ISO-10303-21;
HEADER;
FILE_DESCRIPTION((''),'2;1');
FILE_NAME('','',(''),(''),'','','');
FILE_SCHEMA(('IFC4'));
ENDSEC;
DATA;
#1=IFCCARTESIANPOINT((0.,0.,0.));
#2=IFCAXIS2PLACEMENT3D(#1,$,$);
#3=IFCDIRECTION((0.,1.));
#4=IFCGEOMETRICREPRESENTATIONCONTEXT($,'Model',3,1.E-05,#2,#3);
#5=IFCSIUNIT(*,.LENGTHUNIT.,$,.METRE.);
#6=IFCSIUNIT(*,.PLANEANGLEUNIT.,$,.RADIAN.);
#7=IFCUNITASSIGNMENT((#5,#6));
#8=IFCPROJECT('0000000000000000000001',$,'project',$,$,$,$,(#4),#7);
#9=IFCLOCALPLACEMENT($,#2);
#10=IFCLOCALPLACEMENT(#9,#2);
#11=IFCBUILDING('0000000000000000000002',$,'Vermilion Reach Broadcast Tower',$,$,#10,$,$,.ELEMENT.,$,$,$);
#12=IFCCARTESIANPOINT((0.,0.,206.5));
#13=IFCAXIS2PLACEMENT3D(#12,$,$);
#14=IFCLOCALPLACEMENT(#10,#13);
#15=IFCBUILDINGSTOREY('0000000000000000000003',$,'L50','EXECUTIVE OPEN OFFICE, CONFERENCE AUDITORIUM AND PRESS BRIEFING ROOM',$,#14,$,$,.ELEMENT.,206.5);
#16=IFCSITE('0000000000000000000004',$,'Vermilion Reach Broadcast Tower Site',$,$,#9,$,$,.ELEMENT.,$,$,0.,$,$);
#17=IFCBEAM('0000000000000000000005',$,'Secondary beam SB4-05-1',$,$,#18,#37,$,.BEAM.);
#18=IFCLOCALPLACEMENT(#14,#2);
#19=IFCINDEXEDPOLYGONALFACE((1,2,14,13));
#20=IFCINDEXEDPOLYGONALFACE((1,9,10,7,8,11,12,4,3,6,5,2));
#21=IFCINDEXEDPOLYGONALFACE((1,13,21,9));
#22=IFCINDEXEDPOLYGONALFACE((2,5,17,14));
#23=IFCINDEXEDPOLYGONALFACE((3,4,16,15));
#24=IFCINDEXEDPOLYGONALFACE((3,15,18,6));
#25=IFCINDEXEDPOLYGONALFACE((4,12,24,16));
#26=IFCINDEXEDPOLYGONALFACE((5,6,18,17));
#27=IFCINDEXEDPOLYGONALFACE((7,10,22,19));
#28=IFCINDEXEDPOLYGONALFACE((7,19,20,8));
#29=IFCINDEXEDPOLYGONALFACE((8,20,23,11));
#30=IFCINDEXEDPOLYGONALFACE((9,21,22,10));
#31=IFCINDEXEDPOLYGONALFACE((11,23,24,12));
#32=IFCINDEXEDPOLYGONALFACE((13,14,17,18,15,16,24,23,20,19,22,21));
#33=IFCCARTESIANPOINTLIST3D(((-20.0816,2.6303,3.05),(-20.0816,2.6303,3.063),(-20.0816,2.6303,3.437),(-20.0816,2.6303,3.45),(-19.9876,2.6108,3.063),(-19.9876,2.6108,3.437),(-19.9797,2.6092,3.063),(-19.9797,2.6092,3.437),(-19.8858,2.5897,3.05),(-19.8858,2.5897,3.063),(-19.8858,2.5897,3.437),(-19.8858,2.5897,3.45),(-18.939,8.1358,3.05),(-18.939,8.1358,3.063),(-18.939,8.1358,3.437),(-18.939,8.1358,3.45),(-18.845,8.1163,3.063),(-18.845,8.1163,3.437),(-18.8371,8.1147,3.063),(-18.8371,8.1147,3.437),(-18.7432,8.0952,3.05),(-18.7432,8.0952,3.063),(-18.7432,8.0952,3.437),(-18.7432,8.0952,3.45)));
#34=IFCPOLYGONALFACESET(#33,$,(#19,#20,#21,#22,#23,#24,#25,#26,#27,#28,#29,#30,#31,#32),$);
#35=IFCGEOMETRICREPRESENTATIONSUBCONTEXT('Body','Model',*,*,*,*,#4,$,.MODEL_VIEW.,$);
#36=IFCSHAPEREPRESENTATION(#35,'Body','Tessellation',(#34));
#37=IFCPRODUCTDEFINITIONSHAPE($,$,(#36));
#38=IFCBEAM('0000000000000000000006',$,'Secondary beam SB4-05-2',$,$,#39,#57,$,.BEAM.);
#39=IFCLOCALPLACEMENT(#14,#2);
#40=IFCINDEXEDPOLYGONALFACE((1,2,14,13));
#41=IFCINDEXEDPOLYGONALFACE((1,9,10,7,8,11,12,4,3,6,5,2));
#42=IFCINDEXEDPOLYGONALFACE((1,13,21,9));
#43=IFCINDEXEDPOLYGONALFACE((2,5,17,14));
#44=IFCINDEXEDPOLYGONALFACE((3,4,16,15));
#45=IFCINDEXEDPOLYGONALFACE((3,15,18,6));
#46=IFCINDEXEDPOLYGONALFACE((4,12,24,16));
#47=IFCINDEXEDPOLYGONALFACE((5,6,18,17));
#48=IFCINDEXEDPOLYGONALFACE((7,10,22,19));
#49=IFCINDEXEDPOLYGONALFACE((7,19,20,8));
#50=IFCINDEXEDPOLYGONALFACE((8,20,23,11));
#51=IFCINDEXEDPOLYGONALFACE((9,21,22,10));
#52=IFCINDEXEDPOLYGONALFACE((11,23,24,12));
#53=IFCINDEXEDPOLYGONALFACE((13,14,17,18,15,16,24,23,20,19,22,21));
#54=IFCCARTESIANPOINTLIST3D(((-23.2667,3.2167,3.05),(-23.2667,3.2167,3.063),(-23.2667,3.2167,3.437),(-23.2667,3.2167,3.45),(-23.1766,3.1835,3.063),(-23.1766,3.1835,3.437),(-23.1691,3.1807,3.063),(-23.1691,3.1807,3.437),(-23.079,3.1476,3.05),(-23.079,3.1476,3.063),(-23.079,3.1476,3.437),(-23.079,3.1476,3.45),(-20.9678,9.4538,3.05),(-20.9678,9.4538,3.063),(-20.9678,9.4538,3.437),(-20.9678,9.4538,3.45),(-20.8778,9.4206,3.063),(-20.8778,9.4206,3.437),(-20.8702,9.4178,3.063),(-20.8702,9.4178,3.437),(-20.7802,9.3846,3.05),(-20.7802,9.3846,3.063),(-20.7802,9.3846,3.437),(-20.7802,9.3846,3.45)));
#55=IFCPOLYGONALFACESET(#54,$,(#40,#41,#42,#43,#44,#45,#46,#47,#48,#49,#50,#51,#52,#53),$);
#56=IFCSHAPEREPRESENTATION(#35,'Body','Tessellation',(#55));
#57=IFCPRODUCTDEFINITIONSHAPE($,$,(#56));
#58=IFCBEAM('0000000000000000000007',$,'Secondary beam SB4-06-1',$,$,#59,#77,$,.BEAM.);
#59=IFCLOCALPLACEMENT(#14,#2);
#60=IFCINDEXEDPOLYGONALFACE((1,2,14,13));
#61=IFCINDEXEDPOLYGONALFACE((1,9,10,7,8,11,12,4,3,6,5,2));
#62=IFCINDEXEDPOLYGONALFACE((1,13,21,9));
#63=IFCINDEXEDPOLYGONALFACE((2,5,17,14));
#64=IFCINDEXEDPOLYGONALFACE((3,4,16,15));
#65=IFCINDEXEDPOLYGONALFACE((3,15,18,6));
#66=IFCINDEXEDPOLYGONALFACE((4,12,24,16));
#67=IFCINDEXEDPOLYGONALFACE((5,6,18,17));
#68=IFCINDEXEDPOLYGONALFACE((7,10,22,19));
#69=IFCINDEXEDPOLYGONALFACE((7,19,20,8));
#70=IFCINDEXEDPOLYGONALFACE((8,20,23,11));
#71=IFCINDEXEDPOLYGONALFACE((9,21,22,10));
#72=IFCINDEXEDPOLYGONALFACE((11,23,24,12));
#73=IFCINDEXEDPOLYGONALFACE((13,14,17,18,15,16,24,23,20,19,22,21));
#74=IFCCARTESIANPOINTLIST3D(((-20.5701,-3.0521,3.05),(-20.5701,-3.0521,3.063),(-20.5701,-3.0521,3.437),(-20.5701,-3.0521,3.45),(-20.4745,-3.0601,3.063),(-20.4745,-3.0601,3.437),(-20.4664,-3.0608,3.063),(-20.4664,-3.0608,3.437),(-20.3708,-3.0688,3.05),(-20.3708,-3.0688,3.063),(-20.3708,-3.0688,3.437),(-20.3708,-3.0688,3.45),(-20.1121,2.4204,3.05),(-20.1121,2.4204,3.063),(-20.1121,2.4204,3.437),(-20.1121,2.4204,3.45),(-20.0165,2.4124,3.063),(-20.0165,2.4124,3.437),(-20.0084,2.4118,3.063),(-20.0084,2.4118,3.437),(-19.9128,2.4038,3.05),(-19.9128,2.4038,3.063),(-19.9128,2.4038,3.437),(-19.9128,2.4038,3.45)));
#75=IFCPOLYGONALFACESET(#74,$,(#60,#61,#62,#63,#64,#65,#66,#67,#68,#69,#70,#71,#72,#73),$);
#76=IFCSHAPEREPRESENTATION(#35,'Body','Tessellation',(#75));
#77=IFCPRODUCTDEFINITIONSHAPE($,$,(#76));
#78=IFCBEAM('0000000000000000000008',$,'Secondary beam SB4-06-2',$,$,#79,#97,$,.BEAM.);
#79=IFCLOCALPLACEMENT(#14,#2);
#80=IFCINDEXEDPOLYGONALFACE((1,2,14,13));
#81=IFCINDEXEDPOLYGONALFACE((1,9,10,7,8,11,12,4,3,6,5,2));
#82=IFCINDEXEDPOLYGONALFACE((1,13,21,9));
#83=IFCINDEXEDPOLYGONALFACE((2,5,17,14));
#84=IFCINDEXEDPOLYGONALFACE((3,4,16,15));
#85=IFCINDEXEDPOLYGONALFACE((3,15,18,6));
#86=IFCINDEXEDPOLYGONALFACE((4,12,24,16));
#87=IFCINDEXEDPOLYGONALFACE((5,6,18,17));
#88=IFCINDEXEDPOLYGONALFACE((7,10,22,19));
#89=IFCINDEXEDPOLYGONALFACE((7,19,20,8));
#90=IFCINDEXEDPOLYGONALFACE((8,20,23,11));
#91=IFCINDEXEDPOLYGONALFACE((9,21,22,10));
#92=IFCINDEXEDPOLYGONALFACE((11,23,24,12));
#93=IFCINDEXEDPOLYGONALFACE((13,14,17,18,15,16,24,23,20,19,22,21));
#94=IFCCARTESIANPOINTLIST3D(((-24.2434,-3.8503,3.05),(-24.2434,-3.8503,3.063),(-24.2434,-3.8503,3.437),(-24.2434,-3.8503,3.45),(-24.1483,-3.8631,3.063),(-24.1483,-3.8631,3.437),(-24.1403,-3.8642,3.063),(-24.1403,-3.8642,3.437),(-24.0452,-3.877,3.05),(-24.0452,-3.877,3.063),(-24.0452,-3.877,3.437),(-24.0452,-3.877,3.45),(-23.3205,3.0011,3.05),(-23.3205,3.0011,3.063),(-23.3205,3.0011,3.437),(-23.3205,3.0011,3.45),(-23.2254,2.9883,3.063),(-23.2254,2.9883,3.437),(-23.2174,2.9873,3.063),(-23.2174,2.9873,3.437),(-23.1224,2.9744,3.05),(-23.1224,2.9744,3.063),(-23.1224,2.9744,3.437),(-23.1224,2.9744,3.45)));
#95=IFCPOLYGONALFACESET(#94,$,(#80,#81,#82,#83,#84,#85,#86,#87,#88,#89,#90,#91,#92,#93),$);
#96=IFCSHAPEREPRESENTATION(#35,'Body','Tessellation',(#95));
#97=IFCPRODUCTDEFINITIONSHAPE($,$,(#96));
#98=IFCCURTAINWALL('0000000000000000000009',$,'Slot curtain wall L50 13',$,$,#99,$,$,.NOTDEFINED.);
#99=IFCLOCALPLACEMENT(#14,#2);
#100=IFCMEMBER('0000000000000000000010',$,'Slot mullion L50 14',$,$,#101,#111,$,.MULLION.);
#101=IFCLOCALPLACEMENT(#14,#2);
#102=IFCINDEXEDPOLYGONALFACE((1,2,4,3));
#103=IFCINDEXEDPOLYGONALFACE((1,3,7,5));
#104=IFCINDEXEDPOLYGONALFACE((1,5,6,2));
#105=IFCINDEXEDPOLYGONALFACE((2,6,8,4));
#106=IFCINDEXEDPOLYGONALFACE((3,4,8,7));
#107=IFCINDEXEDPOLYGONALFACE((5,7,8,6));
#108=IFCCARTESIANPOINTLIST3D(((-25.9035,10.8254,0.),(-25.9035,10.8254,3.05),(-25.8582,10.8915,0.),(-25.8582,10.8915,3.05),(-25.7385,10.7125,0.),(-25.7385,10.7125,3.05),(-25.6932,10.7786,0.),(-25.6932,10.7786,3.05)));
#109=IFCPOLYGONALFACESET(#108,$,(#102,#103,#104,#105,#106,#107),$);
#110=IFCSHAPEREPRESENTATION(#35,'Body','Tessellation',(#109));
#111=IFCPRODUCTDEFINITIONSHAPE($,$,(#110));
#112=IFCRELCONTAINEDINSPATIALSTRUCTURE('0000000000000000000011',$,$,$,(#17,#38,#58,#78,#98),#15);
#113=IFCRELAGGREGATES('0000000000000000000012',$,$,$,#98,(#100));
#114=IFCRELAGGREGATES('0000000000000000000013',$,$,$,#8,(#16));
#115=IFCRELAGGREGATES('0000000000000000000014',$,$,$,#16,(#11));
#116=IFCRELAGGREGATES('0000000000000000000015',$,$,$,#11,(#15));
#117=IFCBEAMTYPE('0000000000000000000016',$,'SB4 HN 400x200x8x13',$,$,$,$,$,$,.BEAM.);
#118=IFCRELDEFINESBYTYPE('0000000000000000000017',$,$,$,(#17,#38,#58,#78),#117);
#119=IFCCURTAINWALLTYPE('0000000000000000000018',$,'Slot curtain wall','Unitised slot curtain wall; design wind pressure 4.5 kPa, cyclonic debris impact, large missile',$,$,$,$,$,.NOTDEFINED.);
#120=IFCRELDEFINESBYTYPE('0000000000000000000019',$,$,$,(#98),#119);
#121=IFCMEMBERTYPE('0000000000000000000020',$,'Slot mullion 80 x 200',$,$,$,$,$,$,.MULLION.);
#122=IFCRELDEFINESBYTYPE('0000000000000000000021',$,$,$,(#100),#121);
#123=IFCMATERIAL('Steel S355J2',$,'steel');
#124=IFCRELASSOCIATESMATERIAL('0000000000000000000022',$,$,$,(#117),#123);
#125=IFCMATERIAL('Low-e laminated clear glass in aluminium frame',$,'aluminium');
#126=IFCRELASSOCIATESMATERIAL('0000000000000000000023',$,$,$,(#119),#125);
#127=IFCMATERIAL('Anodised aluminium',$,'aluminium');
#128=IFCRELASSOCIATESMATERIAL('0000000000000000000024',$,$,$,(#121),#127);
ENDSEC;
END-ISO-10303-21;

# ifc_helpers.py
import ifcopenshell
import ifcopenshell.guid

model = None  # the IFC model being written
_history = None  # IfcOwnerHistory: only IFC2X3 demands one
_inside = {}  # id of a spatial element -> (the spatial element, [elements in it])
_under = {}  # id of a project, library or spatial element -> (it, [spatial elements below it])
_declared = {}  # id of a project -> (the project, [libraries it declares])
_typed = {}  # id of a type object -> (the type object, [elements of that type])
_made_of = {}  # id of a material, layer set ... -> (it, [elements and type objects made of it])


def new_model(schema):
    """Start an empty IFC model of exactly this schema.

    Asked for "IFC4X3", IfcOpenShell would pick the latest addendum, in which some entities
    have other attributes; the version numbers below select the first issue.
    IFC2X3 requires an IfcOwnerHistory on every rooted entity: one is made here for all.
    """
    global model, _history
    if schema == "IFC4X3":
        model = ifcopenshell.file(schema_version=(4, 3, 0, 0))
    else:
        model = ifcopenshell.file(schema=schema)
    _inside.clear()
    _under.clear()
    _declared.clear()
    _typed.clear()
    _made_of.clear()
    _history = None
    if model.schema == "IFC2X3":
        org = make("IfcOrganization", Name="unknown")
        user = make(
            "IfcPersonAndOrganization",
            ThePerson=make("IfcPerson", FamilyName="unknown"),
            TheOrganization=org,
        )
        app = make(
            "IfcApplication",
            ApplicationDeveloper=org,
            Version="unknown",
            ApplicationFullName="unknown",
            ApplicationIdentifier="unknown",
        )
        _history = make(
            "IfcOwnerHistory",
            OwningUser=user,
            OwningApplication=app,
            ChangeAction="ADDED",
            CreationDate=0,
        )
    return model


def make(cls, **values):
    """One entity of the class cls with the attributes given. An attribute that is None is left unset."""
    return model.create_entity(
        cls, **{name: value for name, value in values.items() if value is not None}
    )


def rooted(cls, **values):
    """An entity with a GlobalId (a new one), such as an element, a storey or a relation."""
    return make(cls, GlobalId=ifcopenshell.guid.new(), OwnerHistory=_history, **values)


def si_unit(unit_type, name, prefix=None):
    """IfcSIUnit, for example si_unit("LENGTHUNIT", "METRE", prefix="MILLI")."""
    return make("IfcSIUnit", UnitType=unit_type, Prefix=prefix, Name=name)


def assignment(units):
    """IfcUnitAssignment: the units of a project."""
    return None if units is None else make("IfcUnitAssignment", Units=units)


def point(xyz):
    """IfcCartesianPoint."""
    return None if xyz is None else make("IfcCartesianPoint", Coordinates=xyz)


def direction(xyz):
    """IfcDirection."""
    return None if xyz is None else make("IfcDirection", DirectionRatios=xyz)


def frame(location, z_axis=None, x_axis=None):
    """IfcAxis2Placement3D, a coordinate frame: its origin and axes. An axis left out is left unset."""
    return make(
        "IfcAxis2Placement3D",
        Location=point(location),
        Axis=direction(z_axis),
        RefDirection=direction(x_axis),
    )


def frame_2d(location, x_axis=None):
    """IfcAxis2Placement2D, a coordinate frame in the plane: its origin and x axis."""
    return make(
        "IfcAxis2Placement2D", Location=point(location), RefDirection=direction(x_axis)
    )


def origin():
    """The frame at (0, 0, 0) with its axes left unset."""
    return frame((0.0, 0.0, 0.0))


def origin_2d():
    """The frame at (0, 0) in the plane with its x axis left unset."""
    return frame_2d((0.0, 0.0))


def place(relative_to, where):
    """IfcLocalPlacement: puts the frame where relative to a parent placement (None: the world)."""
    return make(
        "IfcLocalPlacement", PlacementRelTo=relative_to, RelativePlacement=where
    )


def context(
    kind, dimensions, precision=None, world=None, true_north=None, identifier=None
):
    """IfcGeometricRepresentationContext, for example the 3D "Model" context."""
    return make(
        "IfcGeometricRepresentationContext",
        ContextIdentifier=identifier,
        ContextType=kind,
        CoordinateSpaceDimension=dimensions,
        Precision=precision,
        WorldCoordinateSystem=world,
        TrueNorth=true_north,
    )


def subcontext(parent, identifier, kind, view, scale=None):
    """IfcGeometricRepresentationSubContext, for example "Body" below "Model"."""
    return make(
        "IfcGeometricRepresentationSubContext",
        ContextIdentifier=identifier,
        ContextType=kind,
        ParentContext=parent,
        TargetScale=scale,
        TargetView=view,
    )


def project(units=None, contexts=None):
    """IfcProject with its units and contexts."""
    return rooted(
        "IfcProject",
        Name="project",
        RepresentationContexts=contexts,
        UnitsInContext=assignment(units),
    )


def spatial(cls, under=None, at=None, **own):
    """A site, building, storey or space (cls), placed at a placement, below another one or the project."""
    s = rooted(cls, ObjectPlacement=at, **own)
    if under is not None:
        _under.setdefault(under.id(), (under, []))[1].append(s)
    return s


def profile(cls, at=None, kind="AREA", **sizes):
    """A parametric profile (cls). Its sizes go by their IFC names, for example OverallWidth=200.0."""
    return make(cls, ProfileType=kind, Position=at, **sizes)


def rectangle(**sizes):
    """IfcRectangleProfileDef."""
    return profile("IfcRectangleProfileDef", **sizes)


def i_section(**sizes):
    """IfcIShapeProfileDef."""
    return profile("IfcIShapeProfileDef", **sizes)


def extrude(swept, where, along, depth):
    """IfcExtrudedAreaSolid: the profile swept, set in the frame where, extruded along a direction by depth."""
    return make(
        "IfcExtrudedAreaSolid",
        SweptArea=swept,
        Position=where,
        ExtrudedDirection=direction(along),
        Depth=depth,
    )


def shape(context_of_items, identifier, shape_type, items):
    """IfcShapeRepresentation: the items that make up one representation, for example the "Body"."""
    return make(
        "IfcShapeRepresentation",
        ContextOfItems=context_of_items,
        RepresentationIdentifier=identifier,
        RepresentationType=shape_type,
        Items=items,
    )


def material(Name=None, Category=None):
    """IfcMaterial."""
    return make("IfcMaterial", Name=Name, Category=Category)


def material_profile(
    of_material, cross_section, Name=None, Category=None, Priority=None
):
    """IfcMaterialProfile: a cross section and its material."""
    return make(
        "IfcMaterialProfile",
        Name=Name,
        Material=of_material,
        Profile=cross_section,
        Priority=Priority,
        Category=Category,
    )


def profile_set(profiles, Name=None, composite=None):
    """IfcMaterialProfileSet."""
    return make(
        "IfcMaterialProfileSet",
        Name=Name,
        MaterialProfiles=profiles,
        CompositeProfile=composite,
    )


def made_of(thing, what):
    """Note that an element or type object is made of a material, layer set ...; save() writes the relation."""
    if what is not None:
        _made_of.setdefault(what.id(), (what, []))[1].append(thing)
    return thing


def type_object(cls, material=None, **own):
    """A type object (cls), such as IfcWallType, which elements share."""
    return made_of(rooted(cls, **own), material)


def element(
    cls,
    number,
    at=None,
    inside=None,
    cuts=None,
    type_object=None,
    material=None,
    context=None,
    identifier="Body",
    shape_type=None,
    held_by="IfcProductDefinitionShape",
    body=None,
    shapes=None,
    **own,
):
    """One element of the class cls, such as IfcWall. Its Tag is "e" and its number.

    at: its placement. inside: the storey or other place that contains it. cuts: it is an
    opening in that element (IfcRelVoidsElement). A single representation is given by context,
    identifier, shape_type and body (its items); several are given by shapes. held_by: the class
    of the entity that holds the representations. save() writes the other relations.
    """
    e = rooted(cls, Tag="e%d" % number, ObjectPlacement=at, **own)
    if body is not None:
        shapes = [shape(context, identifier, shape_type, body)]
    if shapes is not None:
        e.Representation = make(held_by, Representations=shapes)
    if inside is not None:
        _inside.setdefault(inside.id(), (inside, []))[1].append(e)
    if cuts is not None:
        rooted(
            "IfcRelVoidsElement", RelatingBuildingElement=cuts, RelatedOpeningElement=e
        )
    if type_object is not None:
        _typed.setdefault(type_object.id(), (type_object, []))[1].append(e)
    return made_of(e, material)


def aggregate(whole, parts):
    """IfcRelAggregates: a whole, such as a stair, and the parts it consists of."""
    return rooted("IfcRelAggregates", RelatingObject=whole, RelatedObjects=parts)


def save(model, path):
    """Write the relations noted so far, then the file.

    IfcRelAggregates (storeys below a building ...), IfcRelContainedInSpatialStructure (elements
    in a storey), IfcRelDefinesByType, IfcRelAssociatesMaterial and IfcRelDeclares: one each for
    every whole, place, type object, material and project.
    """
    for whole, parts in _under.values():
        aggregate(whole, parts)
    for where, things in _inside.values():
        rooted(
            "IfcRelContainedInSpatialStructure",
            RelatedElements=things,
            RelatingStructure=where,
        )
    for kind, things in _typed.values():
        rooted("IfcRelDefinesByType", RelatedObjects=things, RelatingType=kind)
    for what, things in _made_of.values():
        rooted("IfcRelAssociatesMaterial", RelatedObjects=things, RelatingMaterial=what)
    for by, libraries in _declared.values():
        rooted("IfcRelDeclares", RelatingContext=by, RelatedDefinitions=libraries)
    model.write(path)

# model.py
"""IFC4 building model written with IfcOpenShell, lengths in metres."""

from ifc_helpers import new_model, si_unit, direction, frame, origin, origin_2d, place, context, subcontext, project, spatial, rectangle, i_section, extrude, material, material_profile, profile_set, type_object, element, aggregate, save


model = new_model("IFC4")

# Units and contexts
model_context = context("Model", 3, precision=1e-05, world=origin(), true_north=direction((0.0, 1.0)))
body_context = subcontext(model_context, "Body", "Model", "MODEL_VIEW")
ifc_project = project(units=[si_unit("LENGTHUNIT", "METRE"), si_unit("PLANEANGLEUNIT", "RADIAN")], contexts=[model_context])

# Site, building, storey
site_placement = place(None, origin())
site = spatial("IfcSite", under=ifc_project, at=site_placement, Name="Vermilion Reach Broadcast Tower Site", CompositionType="ELEMENT", RefElevation=0.0)
building_placement = place(site_placement, origin())
building = spatial("IfcBuilding", under=site, at=building_placement, Name="Vermilion Reach Broadcast Tower", CompositionType="ELEMENT")
storey_placement = place(building_placement, frame((0.0, 0.0, 206.5)))
storey = spatial("IfcBuildingStorey", under=building, at=storey_placement, Name="L50", Description="EXECUTIVE OPEN OFFICE, CONFERENCE AUDITORIUM AND PRESS BRIEFING ROOM", CompositionType="ELEMENT", Elevation=206.5)

# Beams
ifc_material_1 = material(Name="Steel S355J2", Category="steel")
ifc_material_profile_1 = material_profile(ifc_material_1, i_section(OverallWidth=0.2, OverallDepth=0.3999, WebThickness=0.0081, FlangeThickness=0.0129, at=origin_2d()), Name="S355J2 HN 400x200x8x13")
ifc_profile_set_1 = profile_set([ifc_material_profile_1], Name="Steel S355J2")
beam_type_1 = type_object("IfcBeamType", Name="SB4 HN 400x200x8x13", PredefinedType="BEAM", material=ifc_profile_set_1)
beam_1_placement = place(storey_placement, frame((-18.8411, 8.1155, 3.25), z_axis=(-0.203209, -0.979135, 0.0), x_axis=(0.979135, -0.203209, 0.0)))
element("IfcBeam", 1, at=beam_1_placement, inside=storey, type_object=beam_type_1, Name="Secondary beam SB4-05-1", PredefinedType="BEAM", context=body_context, shape_type="SweptSolid", body=[
    extrude(i_section(OverallWidth=0.2, OverallDepth=0.3999, WebThickness=0.0081, FlangeThickness=0.0129, at=origin_2d()), origin(), (0.0, 0.0, 1.0), 5.6228),
])
beam_2_placement = place(storey_placement, frame((-20.874, 9.4192, 3.25), z_axis=(-0.345833, -0.938296, 0.0), x_axis=(0.938296, -0.345833, 0.0)))
element("IfcBeam", 2, at=beam_2_placement, inside=storey, type_object=beam_type_1, Name="Secondary beam SB4-05-2", PredefinedType="BEAM", context=body_context, shape_type="SweptSolid", body=[
    extrude(i_section(OverallWidth=0.2, OverallDepth=0.3999, WebThickness=0.0081, FlangeThickness=0.0129, at=origin_2d()), origin(), (0.0, 0.0, 1.0), 6.6472),
])
beam_3_placement = place(storey_placement, frame((-20.0125, 2.4121, 3.25), z_axis=(-0.083399, -0.996516, 0.0), x_axis=(0.996516, -0.083399, 0.0)))
element("IfcBeam", 3, at=beam_3_placement, inside=storey, type_object=beam_type_1, Name="Secondary beam SB4-06-1", PredefinedType="BEAM", context=body_context, shape_type="SweptSolid", body=[
    extrude(i_section(OverallWidth=0.2, OverallDepth=0.3999, WebThickness=0.0081, FlangeThickness=0.0129, at=origin_2d()), origin(), (0.0, 0.0, 1.0), 5.4917),
])
beam_4_placement = place(storey_placement, frame((-23.2214, 2.9878, 3.25), z_axis=(-0.133487, -0.991051, 0.0), x_axis=(0.991051, -0.133487, 0.0)))
element("IfcBeam", 4, at=beam_4_placement, inside=storey, type_object=beam_type_1, Name="Secondary beam SB4-06-2", PredefinedType="BEAM", context=body_context, shape_type="SweptSolid", body=[
    extrude(i_section(OverallWidth=0.2, OverallDepth=0.3999, WebThickness=0.0081, FlangeThickness=0.0129, at=origin_2d()), origin(), (0.0, 0.0, 1.0), 6.9133),
])

# Curtain wall, member
ifc_material_2 = material(Name="Low-e laminated clear glass in aluminium frame", Category="aluminium")
curtain_wall_type = type_object("IfcCurtainWallType", Name="Slot curtain wall", Description="Unitised slot curtain wall; design wind pressure 4.5 kPa, cyclonic debris impact, large missile", PredefinedType="NOTDEFINED", material=ifc_material_2)
curtain_wall_placement = place(storey_placement, origin())
curtain_wall = element("IfcCurtainWall", 5, at=curtain_wall_placement, inside=storey, type_object=curtain_wall_type, Name="Slot curtain wall L50 13", PredefinedType="NOTDEFINED")
ifc_material_3 = material(Name="Anodised aluminium", Category="aluminium")
ifc_material_profile_2 = material_profile(ifc_material_3, rectangle(XDim=0.2, YDim=0.0801, at=origin_2d()), Name="Slot mullion 80 x 200")
ifc_profile_set_2 = profile_set([ifc_material_profile_2], Name="Anodised aluminium")
member_type = type_object("IfcMemberType", Name="Slot mullion 80 x 200", PredefinedType="MULLION", material=ifc_profile_set_2)
member_placement = place(storey_placement, frame((-25.7983, 10.802, 0.0), z_axis=(0.0, 0.0, 1.0), x_axis=(0.825123, -0.564953, 0.0)))
member = element("IfcMember", 6, at=member_placement, type_object=member_type, Name="Slot mullion L50 14", PredefinedType="MULLION", context=body_context, shape_type="SweptSolid", body=[
    extrude(rectangle(XDim=0.2, YDim=0.0801, at=origin_2d()), origin(), (0.0, 0.0, 1.0), 3.05),
])
aggregate(curtain_wall, [member])

save(model, "model.ifc")
